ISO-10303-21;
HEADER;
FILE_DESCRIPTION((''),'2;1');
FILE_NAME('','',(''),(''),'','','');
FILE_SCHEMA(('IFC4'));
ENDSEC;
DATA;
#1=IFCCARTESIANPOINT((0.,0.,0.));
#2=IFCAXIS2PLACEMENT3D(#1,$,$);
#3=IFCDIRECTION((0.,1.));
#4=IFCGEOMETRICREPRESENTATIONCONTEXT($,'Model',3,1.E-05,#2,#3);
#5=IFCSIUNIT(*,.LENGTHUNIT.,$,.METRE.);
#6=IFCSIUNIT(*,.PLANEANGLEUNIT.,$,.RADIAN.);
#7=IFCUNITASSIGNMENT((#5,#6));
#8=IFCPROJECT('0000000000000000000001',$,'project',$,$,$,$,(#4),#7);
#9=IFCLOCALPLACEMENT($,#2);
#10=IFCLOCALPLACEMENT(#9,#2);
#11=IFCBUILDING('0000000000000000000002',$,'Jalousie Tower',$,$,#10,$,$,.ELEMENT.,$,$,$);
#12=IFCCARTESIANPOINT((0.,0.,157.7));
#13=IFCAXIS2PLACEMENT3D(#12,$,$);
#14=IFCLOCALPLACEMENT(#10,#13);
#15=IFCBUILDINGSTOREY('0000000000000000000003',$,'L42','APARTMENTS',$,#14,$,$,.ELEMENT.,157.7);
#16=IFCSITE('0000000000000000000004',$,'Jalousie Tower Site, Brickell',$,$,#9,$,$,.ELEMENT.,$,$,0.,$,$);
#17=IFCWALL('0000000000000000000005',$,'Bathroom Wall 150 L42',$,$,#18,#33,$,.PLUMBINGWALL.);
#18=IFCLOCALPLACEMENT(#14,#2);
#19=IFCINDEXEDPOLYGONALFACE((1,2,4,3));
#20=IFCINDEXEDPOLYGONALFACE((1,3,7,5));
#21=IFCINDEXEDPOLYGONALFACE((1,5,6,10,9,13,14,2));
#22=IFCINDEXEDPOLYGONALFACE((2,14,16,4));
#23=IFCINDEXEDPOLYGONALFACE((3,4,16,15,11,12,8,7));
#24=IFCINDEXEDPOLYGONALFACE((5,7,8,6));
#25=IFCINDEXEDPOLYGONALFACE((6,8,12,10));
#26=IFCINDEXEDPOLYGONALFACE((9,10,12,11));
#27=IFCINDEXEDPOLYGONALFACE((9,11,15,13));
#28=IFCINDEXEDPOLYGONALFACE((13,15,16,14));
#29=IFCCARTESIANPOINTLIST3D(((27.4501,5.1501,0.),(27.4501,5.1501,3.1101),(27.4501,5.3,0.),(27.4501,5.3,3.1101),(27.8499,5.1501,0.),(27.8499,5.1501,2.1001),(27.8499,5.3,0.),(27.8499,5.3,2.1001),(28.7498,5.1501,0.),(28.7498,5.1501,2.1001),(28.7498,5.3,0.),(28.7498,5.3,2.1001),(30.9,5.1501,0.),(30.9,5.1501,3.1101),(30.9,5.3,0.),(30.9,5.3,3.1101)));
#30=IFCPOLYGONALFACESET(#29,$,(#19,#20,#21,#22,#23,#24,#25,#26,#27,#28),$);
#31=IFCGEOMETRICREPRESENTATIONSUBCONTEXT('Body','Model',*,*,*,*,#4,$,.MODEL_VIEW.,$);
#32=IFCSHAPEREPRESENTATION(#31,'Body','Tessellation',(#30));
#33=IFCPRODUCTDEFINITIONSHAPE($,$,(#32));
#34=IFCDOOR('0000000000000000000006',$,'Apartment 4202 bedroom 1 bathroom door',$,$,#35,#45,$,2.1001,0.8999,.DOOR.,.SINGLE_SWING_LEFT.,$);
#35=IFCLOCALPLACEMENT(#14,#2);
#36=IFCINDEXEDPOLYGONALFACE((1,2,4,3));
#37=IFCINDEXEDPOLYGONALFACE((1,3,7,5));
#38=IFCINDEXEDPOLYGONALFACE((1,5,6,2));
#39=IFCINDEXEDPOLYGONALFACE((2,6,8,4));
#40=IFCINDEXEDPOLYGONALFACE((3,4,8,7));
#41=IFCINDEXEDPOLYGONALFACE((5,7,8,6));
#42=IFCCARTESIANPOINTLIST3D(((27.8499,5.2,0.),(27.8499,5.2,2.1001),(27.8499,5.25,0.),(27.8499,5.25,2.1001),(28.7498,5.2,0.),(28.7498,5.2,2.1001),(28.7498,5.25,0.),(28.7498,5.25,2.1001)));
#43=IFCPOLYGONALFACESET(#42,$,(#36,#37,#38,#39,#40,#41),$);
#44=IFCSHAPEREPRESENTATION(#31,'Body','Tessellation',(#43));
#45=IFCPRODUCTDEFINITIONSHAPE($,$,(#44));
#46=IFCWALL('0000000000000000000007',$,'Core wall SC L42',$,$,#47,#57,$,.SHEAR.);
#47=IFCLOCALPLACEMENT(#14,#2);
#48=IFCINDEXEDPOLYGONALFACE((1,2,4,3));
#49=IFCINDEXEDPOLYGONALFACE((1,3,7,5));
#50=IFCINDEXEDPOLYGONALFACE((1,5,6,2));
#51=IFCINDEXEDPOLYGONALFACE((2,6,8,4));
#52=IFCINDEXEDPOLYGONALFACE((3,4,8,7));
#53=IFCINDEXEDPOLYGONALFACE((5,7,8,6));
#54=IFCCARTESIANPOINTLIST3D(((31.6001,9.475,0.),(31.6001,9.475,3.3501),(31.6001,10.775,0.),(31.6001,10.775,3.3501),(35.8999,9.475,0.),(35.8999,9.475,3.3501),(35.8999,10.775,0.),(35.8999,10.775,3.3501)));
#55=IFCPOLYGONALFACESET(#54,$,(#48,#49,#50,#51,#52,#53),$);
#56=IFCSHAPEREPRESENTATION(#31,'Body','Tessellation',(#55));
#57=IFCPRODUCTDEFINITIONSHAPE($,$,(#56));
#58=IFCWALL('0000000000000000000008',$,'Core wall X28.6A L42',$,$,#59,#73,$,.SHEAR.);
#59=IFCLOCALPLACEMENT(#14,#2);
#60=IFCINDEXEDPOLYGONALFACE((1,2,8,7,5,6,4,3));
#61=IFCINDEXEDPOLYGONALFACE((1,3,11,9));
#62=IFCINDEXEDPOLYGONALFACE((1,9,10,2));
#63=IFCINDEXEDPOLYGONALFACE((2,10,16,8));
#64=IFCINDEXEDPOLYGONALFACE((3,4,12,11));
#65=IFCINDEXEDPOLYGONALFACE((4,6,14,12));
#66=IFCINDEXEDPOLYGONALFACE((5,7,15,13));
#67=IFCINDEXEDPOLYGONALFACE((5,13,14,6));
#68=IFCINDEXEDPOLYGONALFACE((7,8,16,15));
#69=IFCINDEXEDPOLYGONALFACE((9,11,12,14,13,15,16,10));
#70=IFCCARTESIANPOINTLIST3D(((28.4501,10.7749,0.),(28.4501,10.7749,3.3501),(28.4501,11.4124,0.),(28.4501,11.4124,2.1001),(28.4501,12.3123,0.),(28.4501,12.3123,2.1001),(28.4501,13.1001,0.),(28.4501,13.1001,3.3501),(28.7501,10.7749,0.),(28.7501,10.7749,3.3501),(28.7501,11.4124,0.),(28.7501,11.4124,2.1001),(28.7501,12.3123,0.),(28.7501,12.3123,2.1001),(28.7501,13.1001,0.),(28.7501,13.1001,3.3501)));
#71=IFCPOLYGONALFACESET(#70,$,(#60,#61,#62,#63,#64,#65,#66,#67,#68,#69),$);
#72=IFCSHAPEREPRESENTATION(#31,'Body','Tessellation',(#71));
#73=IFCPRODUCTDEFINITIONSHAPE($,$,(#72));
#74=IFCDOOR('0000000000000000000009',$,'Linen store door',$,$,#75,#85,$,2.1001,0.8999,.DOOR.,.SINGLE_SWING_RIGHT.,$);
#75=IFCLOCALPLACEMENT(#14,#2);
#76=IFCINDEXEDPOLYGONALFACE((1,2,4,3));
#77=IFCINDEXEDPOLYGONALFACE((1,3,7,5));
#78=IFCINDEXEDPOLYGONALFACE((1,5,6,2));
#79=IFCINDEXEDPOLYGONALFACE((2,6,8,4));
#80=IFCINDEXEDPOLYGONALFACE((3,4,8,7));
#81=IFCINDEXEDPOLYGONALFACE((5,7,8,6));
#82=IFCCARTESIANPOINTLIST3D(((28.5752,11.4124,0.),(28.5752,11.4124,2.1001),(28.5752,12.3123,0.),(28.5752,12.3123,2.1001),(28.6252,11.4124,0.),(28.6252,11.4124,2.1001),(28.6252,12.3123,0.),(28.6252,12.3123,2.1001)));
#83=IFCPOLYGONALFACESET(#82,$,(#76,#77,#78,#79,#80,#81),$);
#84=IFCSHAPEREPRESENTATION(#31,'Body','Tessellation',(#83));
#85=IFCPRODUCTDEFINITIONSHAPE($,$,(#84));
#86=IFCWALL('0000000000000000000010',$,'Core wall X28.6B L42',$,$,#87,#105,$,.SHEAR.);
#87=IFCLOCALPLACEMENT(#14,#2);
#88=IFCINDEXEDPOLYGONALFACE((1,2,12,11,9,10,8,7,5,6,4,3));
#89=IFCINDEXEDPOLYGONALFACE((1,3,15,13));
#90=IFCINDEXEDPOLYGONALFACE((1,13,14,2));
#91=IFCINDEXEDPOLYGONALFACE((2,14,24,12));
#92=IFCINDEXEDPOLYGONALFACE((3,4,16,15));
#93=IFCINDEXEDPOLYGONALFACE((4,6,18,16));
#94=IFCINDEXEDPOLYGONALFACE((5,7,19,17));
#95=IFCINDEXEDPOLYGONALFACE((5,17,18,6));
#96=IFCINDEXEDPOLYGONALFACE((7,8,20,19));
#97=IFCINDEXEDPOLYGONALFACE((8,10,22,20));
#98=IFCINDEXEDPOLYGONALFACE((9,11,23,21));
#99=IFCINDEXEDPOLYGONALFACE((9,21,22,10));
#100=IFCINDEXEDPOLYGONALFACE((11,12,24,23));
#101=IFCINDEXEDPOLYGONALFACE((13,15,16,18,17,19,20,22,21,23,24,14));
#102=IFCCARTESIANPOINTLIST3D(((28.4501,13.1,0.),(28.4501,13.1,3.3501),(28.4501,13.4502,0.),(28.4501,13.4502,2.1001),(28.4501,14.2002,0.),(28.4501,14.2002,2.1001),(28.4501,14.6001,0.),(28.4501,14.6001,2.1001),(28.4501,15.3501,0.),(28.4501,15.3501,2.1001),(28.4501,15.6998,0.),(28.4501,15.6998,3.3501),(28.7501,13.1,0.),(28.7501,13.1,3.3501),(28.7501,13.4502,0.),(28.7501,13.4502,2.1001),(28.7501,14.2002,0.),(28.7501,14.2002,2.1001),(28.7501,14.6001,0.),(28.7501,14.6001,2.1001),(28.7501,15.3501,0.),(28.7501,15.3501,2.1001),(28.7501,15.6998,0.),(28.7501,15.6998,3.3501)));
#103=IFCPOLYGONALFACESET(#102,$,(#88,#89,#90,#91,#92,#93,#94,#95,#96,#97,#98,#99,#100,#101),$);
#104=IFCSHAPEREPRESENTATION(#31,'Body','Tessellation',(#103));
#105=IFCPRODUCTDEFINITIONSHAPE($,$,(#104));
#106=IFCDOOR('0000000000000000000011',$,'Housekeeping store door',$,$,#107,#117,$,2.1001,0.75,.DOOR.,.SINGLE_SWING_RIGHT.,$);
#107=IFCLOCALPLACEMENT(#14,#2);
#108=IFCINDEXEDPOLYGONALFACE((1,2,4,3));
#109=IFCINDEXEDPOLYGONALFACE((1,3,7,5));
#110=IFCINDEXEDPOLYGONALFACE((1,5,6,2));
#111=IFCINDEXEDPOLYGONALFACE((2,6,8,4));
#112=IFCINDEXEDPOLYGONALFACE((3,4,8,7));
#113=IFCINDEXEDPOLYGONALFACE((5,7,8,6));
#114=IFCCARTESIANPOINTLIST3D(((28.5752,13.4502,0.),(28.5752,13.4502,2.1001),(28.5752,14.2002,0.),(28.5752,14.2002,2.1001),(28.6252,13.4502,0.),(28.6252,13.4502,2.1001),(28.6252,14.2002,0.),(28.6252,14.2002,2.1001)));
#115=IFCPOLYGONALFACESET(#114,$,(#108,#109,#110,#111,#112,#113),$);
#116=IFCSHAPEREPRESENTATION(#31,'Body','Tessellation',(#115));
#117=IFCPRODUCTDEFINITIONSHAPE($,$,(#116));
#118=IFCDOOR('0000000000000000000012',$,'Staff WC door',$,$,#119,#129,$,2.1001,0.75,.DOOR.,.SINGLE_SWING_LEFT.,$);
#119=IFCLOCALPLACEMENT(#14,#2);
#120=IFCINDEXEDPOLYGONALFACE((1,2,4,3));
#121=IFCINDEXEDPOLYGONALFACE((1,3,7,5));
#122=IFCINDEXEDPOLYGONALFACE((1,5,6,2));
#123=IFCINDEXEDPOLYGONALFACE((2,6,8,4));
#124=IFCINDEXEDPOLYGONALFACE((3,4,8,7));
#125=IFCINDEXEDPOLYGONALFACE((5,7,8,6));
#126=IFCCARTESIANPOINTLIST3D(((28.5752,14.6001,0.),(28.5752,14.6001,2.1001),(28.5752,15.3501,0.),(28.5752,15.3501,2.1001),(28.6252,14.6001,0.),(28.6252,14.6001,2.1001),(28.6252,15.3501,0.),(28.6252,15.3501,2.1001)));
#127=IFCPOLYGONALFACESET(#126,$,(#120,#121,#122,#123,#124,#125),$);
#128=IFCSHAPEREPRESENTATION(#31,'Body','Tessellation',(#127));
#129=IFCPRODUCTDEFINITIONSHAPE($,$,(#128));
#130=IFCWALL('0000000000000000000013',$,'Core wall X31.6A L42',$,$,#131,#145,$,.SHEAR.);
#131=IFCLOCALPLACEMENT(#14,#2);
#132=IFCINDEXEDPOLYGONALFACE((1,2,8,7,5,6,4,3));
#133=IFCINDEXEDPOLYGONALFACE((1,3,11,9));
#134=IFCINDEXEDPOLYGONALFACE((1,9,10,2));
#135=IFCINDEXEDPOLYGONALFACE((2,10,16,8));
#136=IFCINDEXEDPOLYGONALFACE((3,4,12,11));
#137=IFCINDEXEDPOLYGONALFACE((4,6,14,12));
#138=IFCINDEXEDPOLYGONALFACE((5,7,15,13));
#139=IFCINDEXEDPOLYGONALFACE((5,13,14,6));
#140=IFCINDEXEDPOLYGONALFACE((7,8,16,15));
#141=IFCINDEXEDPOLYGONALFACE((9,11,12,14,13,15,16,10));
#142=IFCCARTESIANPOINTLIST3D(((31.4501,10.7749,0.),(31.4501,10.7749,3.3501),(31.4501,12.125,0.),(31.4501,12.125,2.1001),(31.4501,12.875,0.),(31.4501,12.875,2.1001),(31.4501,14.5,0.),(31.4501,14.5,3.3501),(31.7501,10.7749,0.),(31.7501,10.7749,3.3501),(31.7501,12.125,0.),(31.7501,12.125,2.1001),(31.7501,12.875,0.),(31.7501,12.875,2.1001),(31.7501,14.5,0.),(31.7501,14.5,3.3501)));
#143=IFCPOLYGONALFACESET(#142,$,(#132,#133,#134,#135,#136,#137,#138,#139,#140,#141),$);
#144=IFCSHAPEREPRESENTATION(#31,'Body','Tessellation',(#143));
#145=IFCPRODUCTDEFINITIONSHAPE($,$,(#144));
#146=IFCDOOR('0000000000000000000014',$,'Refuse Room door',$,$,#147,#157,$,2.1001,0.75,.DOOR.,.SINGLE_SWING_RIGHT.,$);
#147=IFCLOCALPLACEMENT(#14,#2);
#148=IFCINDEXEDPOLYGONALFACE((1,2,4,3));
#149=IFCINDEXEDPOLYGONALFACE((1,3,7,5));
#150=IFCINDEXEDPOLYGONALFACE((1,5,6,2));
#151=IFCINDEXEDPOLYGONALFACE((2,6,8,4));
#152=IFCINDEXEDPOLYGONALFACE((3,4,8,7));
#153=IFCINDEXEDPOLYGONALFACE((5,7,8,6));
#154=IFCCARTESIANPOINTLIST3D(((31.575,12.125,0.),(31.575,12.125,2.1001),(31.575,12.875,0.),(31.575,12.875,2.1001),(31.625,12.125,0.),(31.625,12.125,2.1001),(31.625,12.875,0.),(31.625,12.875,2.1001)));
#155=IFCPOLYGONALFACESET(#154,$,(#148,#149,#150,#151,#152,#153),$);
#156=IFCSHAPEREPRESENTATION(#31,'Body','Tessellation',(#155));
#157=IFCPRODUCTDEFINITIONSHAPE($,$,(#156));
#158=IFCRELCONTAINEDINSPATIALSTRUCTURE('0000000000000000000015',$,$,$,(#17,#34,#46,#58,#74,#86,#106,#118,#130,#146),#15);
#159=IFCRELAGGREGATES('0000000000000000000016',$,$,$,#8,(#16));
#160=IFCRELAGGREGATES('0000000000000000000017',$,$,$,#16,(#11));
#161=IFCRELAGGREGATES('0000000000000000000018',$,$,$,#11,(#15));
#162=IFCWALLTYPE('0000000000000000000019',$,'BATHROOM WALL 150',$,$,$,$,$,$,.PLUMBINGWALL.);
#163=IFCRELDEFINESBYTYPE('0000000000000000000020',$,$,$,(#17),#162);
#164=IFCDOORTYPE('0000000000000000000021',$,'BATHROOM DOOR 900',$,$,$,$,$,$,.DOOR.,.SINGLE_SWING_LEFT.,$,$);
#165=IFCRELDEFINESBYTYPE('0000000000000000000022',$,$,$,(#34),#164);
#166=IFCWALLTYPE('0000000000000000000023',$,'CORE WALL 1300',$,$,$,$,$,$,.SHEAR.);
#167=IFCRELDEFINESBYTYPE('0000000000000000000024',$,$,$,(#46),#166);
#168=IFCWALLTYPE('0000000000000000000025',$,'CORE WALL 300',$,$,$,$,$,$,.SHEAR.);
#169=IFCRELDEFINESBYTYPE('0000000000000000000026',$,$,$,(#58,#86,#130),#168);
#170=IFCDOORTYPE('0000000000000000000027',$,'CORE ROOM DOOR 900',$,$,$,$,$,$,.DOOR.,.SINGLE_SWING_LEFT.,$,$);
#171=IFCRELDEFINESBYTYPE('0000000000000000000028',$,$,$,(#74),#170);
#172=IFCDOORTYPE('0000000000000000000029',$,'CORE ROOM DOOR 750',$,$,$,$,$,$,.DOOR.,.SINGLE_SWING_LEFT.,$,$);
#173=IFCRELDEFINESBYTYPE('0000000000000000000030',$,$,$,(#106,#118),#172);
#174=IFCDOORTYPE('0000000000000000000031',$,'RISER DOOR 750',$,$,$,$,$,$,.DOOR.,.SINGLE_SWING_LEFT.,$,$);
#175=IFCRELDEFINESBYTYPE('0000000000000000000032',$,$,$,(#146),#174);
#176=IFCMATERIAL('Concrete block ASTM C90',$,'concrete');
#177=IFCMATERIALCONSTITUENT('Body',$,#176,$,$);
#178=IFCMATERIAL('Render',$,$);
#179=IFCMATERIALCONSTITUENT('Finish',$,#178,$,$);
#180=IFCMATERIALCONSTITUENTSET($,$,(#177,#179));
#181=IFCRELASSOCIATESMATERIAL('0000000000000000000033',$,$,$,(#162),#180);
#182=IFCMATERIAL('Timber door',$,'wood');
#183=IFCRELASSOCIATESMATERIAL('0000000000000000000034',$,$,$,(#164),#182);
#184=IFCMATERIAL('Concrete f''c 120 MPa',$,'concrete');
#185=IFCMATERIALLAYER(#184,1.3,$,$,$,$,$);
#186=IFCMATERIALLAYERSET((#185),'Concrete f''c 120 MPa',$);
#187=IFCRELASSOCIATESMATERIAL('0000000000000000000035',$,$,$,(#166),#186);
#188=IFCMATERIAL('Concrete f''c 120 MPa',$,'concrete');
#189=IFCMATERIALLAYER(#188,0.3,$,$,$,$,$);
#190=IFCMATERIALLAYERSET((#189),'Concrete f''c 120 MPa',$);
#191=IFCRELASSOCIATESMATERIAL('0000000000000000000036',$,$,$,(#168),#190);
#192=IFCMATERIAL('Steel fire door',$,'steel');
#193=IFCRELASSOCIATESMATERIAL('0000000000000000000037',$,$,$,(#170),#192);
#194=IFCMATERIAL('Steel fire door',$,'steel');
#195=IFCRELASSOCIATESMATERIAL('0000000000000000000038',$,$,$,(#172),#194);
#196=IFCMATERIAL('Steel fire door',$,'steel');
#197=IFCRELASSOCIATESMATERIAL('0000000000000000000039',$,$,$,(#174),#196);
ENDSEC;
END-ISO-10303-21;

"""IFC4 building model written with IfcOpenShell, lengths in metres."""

from ifc_helpers import new_model, si_unit, direction, frame, frame_2d, origin, place, context, subcontext, project, spatial, rectangle, extrude, material, layer, layer_set, constituent, constituent_set, type_object, element, fill, save


model = new_model("IFC4")

# Units and contexts
model_context = context("Model", 3, precision=1e-05, world=origin(), true_north=direction((0.0, 1.0)))
body_context = subcontext(model_context, "Body", "Model", "MODEL_VIEW")
ifc_project = project(units=[si_unit("LENGTHUNIT", "METRE"), si_unit("PLANEANGLEUNIT", "RADIAN")], contexts=[model_context])

# Site, building, storey
site_placement = place(None, origin())
site = spatial("IfcSite", under=ifc_project, at=site_placement, Name="Jalousie Tower Site, Brickell", CompositionType="ELEMENT", RefElevation=0.0)
building_placement = place(site_placement, origin())
building = spatial("IfcBuilding", under=site, at=building_placement, Name="Jalousie Tower", CompositionType="ELEMENT")
storey_placement = place(building_placement, frame((0.0, 0.0, 157.7)))
storey = spatial("IfcBuildingStorey", under=building, at=storey_placement, Name="L42", Description="APARTMENTS", CompositionType="ELEMENT", Elevation=157.7)

# Wall, opening, door
ifc_material_1 = material(Name="Concrete block ASTM C90", Category="concrete")
ifc_constituent_1 = constituent(ifc_material_1, Name="Body")
ifc_material_2 = material(Name="Render")
ifc_constituent_2 = constituent(ifc_material_2, Name="Finish")
ifc_constituent_set_1 = constituent_set(constituents=[ifc_constituent_1, ifc_constituent_2])
wall_type_1 = type_object("IfcWallType", Name="BATHROOM WALL 150", PredefinedType="PLUMBINGWALL", material=ifc_constituent_set_1)
wall_1_placement = place(storey_placement, frame((27.45, 5.2251, 0.0), z_axis=(0.0, 0.0, 1.0), x_axis=(1.0, 0.0, 0.0)))
wall_1 = element("IfcWall", 1, at=wall_1_placement, inside=storey, type_object=wall_type_1, Name="Bathroom Wall 150 L42", PredefinedType="PLUMBINGWALL", context=body_context, shape_type="SweptSolid", body=[
    extrude(rectangle(XDim=3.45, YDim=0.1499, at=frame_2d((1.7251, 0.0))), origin(), (0.0, 0.0, 1.0), 3.1101),
])
opening_1_placement = place(wall_1_placement, frame((0.3999, 0.0, 0.0)))
opening_1 = element("IfcOpeningElement", 2, at=opening_1_placement, cuts=wall_1, PredefinedType="OPENING", context=body_context, shape_type="SweptSolid", body=[
    extrude(rectangle(XDim=0.8999, YDim=2.1001, at=frame_2d((0.45, 1.05))), frame((0.0, 0.085, 0.0), z_axis=(0.0, -1.0, 0.0), x_axis=(1.0, 0.0, 0.0)), (0.0, 0.0, 1.0), 0.1699),
])
ifc_material_3 = material(Name="Timber door", Category="wood")
door_type_1 = type_object("IfcDoorType", Name="BATHROOM DOOR 900", OperationType="SINGLE_SWING_LEFT", PredefinedType="DOOR", material=ifc_material_3)
door_1_placement = place(opening_1_placement, origin())
door_1 = element("IfcDoor", 3, at=door_1_placement, inside=storey, type_object=door_type_1, Name="Apartment 4202 bedroom 1 bathroom door", OperationType="SINGLE_SWING_LEFT", OverallHeight=2.1001, OverallWidth=0.8999, PredefinedType="DOOR", context=body_context, shape_type="SweptSolid", body=[
    extrude(rectangle(XDim=0.8999, YDim=2.1001, at=frame_2d((0.45, 1.05))), frame((0.0, 0.0249, 0.0), z_axis=(0.0, -1.0, 0.0), x_axis=(1.0, 0.0, 0.0)), (0.0, 0.0, 1.0), 0.05),
])
fill(opening_1, door_1)

# Wall
ifc_material_4 = material(Name="Concrete f'c 120 MPa", Category="concrete")
ifc_layer_1 = layer(ifc_material_4, 1.3)
ifc_layer_set_1 = layer_set([ifc_layer_1], Name="Concrete f'c 120 MPa")
wall_type_2 = type_object("IfcWallType", Name="CORE WALL 1300", PredefinedType="SHEAR", material=ifc_layer_set_1)
wall_2_placement = place(storey_placement, frame((31.6001, 10.125, 0.0), z_axis=(0.0, 0.0, 1.0), x_axis=(1.0, 0.0, 0.0)))
element("IfcWall", 4, at=wall_2_placement, inside=storey, type_object=wall_type_2, Name="Core wall SC L42", PredefinedType="SHEAR", context=body_context, shape_type="SweptSolid", body=[
    extrude(rectangle(XDim=4.2998, YDim=1.3, at=frame_2d((2.1499, 0.0))), origin(), (0.0, 0.0, 1.0), 3.3501),
])

# Wall, opening, door
ifc_material_5 = material(Name="Concrete f'c 120 MPa", Category="concrete")
ifc_layer_2 = layer(ifc_material_5, 0.3)
ifc_layer_set_2 = layer_set([ifc_layer_2], Name="Concrete f'c 120 MPa")
wall_type_3 = type_object("IfcWallType", Name="CORE WALL 300", PredefinedType="SHEAR", material=ifc_layer_set_2)
wall_3_placement = place(storey_placement, frame((28.6001, 10.7749, 0.0), z_axis=(0.0, 0.0, 1.0), x_axis=(0.0, 1.0, 0.0)))
wall_3 = element("IfcWall", 5, at=wall_3_placement, inside=storey, type_object=wall_type_3, Name="Core wall X28.6A L42", PredefinedType="SHEAR", context=body_context, shape_type="SweptSolid", body=[
    extrude(rectangle(XDim=2.3252, YDim=0.3, at=frame_2d((1.1626, 0.0))), origin(), (0.0, 0.0, 1.0), 3.3501),
])
opening_2_placement = place(wall_3_placement, frame((0.6375, 0.0, 0.0)))
opening_2 = element("IfcOpeningElement", 6, at=opening_2_placement, cuts=wall_3, PredefinedType="OPENING", context=body_context, shape_type="SweptSolid", body=[
    extrude(rectangle(XDim=0.8999, YDim=2.1001, at=frame_2d((0.45, 1.05))), frame((0.0, 0.1599, 0.0), z_axis=(0.0, -1.0, 0.0), x_axis=(1.0, 0.0, 0.0)), (0.0, 0.0, 1.0), 0.3201),
])
ifc_material_6 = material(Name="Steel fire door", Category="steel")
door_type_2 = type_object("IfcDoorType", Name="CORE ROOM DOOR 900", OperationType="SINGLE_SWING_LEFT", PredefinedType="DOOR", material=ifc_material_6)
door_2_placement = place(opening_2_placement, origin())
door_2 = element("IfcDoor", 7, at=door_2_placement, inside=storey, type_object=door_type_2, Name="Linen store door", OperationType="SINGLE_SWING_RIGHT", OverallHeight=2.1001, OverallWidth=0.8999, PredefinedType="DOOR", context=body_context, shape_type="SweptSolid", body=[
    extrude(rectangle(XDim=0.8999, YDim=2.1001, at=frame_2d((0.45, 1.05))), frame((0.0, 0.0249, 0.0), z_axis=(0.0, -1.0, 0.0), x_axis=(1.0, 0.0, 0.0)), (0.0, 0.0, 1.0), 0.05),
])
fill(opening_2, door_2)

# Wall, openings, doors
wall_4_placement = place(storey_placement, frame((28.6001, 13.1001, 0.0), z_axis=(0.0, 0.0, 1.0), x_axis=(0.0, 1.0, 0.0)))
wall_4 = element("IfcWall", 8, at=wall_4_placement, inside=storey, type_object=wall_type_3, Name="Core wall X28.6B L42", PredefinedType="SHEAR", context=body_context, shape_type="SweptSolid", body=[
    extrude(rectangle(XDim=2.5999, YDim=0.3, at=frame_2d((1.2998, 0.0))), origin(), (0.0, 0.0, 1.0), 3.3501),
])
opening_3_placement = place(wall_4_placement, frame((0.3501, 0.0, 0.0)))
opening_3 = element("IfcOpeningElement", 9, at=opening_3_placement, cuts=wall_4, PredefinedType="OPENING", context=body_context, shape_type="SweptSolid", body=[
    extrude(rectangle(XDim=0.75, YDim=2.1001, at=frame_2d((0.375, 1.05))), frame((0.0, 0.1599, 0.0), z_axis=(0.0, -1.0, 0.0), x_axis=(1.0, 0.0, 0.0)), (0.0, 0.0, 1.0), 0.3201),
])
opening_4_placement = place(wall_4_placement, frame((1.5, 0.0, 0.0)))
opening_4 = element("IfcOpeningElement", 10, at=opening_4_placement, cuts=wall_4, PredefinedType="OPENING", context=body_context, shape_type="SweptSolid", body=[
    extrude(rectangle(XDim=0.75, YDim=2.1001, at=frame_2d((0.375, 1.05))), frame((0.0, 0.1599, 0.0), z_axis=(0.0, -1.0, 0.0), x_axis=(1.0, 0.0, 0.0)), (0.0, 0.0, 1.0), 0.3201),
])
ifc_material_7 = material(Name="Steel fire door", Category="steel")
door_type_3 = type_object("IfcDoorType", Name="CORE ROOM DOOR 750", OperationType="SINGLE_SWING_LEFT", PredefinedType="DOOR", material=ifc_material_7)
door_3_placement = place(opening_3_placement, origin())
door_3 = element("IfcDoor", 11, at=door_3_placement, inside=storey, type_object=door_type_3, Name="Housekeeping store door", OperationType="SINGLE_SWING_RIGHT", OverallHeight=2.1001, OverallWidth=0.75, PredefinedType="DOOR", context=body_context, shape_type="SweptSolid", body=[
    extrude(rectangle(XDim=0.75, YDim=2.1001, at=frame_2d((0.375, 1.05))), frame((0.0, 0.0249, 0.0), z_axis=(0.0, -1.0, 0.0), x_axis=(1.0, 0.0, 0.0)), (0.0, 0.0, 1.0), 0.05),
])
fill(opening_3, door_3)
door_4_placement = place(opening_4_placement, origin())
door_4 = element("IfcDoor", 12, at=door_4_placement, inside=storey, type_object=door_type_3, Name="Staff WC door", OperationType="SINGLE_SWING_LEFT", OverallHeight=2.1001, OverallWidth=0.75, PredefinedType="DOOR", context=body_context, shape_type="SweptSolid", body=[
    extrude(rectangle(XDim=0.75, YDim=2.1001, at=frame_2d((0.375, 1.05))), frame((0.0, 0.0249, 0.0), z_axis=(0.0, -1.0, 0.0), x_axis=(1.0, 0.0, 0.0)), (0.0, 0.0, 1.0), 0.05),
])
fill(opening_4, door_4)

# Wall, opening, door
wall_5_placement = place(storey_placement, frame((31.6001, 10.7749, 0.0), z_axis=(0.0, 0.0, 1.0), x_axis=(0.0, 1.0, 0.0)))
wall_5 = element("IfcWall", 13, at=wall_5_placement, inside=storey, type_object=wall_type_3, Name="Core wall X31.6A L42", PredefinedType="SHEAR", context=body_context, shape_type="SweptSolid", body=[
    extrude(rectangle(XDim=3.7251, YDim=0.3, at=frame_2d((1.8625, 0.0))), origin(), (0.0, 0.0, 1.0), 3.3501),
])
opening_5_placement = place(wall_5_placement, frame((1.3501, 0.0, 0.0)))
opening_5 = element("IfcOpeningElement", 14, at=opening_5_placement, cuts=wall_5, PredefinedType="OPENING", context=body_context, shape_type="SweptSolid", body=[
    extrude(rectangle(XDim=0.75, YDim=2.1001, at=frame_2d((0.375, 1.05))), frame((0.0, 0.1599, 0.0), z_axis=(0.0, -1.0, 0.0), x_axis=(1.0, 0.0, 0.0)), (0.0, 0.0, 1.0), 0.3201),
])
ifc_material_8 = material(Name="Steel fire door", Category="steel")
door_type_4 = type_object("IfcDoorType", Name="RISER DOOR 750", OperationType="SINGLE_SWING_LEFT", PredefinedType="DOOR", material=ifc_material_8)
door_5_placement = place(opening_5_placement, frame((0.75, 0.0, 0.0), z_axis=(0.0, 0.0, 1.0), x_axis=(-1.0, 0.0, 0.0)))
door_5 = element("IfcDoor", 15, at=door_5_placement, inside=storey, type_object=door_type_4, Name="Refuse Room door", OperationType="SINGLE_SWING_RIGHT", OverallHeight=2.1001, OverallWidth=0.75, PredefinedType="DOOR", context=body_context, shape_type="SweptSolid", body=[
    extrude(rectangle(XDim=0.75, YDim=2.1001, at=frame_2d((0.375, 1.05))), frame((0.0, 0.0249, 0.0), z_axis=(0.0, -1.0, 0.0), x_axis=(1.0, 0.0, 0.0)), (0.0, 0.0, 1.0), 0.05),
])
fill(opening_5, door_5)

save(model, "model.ifc")
